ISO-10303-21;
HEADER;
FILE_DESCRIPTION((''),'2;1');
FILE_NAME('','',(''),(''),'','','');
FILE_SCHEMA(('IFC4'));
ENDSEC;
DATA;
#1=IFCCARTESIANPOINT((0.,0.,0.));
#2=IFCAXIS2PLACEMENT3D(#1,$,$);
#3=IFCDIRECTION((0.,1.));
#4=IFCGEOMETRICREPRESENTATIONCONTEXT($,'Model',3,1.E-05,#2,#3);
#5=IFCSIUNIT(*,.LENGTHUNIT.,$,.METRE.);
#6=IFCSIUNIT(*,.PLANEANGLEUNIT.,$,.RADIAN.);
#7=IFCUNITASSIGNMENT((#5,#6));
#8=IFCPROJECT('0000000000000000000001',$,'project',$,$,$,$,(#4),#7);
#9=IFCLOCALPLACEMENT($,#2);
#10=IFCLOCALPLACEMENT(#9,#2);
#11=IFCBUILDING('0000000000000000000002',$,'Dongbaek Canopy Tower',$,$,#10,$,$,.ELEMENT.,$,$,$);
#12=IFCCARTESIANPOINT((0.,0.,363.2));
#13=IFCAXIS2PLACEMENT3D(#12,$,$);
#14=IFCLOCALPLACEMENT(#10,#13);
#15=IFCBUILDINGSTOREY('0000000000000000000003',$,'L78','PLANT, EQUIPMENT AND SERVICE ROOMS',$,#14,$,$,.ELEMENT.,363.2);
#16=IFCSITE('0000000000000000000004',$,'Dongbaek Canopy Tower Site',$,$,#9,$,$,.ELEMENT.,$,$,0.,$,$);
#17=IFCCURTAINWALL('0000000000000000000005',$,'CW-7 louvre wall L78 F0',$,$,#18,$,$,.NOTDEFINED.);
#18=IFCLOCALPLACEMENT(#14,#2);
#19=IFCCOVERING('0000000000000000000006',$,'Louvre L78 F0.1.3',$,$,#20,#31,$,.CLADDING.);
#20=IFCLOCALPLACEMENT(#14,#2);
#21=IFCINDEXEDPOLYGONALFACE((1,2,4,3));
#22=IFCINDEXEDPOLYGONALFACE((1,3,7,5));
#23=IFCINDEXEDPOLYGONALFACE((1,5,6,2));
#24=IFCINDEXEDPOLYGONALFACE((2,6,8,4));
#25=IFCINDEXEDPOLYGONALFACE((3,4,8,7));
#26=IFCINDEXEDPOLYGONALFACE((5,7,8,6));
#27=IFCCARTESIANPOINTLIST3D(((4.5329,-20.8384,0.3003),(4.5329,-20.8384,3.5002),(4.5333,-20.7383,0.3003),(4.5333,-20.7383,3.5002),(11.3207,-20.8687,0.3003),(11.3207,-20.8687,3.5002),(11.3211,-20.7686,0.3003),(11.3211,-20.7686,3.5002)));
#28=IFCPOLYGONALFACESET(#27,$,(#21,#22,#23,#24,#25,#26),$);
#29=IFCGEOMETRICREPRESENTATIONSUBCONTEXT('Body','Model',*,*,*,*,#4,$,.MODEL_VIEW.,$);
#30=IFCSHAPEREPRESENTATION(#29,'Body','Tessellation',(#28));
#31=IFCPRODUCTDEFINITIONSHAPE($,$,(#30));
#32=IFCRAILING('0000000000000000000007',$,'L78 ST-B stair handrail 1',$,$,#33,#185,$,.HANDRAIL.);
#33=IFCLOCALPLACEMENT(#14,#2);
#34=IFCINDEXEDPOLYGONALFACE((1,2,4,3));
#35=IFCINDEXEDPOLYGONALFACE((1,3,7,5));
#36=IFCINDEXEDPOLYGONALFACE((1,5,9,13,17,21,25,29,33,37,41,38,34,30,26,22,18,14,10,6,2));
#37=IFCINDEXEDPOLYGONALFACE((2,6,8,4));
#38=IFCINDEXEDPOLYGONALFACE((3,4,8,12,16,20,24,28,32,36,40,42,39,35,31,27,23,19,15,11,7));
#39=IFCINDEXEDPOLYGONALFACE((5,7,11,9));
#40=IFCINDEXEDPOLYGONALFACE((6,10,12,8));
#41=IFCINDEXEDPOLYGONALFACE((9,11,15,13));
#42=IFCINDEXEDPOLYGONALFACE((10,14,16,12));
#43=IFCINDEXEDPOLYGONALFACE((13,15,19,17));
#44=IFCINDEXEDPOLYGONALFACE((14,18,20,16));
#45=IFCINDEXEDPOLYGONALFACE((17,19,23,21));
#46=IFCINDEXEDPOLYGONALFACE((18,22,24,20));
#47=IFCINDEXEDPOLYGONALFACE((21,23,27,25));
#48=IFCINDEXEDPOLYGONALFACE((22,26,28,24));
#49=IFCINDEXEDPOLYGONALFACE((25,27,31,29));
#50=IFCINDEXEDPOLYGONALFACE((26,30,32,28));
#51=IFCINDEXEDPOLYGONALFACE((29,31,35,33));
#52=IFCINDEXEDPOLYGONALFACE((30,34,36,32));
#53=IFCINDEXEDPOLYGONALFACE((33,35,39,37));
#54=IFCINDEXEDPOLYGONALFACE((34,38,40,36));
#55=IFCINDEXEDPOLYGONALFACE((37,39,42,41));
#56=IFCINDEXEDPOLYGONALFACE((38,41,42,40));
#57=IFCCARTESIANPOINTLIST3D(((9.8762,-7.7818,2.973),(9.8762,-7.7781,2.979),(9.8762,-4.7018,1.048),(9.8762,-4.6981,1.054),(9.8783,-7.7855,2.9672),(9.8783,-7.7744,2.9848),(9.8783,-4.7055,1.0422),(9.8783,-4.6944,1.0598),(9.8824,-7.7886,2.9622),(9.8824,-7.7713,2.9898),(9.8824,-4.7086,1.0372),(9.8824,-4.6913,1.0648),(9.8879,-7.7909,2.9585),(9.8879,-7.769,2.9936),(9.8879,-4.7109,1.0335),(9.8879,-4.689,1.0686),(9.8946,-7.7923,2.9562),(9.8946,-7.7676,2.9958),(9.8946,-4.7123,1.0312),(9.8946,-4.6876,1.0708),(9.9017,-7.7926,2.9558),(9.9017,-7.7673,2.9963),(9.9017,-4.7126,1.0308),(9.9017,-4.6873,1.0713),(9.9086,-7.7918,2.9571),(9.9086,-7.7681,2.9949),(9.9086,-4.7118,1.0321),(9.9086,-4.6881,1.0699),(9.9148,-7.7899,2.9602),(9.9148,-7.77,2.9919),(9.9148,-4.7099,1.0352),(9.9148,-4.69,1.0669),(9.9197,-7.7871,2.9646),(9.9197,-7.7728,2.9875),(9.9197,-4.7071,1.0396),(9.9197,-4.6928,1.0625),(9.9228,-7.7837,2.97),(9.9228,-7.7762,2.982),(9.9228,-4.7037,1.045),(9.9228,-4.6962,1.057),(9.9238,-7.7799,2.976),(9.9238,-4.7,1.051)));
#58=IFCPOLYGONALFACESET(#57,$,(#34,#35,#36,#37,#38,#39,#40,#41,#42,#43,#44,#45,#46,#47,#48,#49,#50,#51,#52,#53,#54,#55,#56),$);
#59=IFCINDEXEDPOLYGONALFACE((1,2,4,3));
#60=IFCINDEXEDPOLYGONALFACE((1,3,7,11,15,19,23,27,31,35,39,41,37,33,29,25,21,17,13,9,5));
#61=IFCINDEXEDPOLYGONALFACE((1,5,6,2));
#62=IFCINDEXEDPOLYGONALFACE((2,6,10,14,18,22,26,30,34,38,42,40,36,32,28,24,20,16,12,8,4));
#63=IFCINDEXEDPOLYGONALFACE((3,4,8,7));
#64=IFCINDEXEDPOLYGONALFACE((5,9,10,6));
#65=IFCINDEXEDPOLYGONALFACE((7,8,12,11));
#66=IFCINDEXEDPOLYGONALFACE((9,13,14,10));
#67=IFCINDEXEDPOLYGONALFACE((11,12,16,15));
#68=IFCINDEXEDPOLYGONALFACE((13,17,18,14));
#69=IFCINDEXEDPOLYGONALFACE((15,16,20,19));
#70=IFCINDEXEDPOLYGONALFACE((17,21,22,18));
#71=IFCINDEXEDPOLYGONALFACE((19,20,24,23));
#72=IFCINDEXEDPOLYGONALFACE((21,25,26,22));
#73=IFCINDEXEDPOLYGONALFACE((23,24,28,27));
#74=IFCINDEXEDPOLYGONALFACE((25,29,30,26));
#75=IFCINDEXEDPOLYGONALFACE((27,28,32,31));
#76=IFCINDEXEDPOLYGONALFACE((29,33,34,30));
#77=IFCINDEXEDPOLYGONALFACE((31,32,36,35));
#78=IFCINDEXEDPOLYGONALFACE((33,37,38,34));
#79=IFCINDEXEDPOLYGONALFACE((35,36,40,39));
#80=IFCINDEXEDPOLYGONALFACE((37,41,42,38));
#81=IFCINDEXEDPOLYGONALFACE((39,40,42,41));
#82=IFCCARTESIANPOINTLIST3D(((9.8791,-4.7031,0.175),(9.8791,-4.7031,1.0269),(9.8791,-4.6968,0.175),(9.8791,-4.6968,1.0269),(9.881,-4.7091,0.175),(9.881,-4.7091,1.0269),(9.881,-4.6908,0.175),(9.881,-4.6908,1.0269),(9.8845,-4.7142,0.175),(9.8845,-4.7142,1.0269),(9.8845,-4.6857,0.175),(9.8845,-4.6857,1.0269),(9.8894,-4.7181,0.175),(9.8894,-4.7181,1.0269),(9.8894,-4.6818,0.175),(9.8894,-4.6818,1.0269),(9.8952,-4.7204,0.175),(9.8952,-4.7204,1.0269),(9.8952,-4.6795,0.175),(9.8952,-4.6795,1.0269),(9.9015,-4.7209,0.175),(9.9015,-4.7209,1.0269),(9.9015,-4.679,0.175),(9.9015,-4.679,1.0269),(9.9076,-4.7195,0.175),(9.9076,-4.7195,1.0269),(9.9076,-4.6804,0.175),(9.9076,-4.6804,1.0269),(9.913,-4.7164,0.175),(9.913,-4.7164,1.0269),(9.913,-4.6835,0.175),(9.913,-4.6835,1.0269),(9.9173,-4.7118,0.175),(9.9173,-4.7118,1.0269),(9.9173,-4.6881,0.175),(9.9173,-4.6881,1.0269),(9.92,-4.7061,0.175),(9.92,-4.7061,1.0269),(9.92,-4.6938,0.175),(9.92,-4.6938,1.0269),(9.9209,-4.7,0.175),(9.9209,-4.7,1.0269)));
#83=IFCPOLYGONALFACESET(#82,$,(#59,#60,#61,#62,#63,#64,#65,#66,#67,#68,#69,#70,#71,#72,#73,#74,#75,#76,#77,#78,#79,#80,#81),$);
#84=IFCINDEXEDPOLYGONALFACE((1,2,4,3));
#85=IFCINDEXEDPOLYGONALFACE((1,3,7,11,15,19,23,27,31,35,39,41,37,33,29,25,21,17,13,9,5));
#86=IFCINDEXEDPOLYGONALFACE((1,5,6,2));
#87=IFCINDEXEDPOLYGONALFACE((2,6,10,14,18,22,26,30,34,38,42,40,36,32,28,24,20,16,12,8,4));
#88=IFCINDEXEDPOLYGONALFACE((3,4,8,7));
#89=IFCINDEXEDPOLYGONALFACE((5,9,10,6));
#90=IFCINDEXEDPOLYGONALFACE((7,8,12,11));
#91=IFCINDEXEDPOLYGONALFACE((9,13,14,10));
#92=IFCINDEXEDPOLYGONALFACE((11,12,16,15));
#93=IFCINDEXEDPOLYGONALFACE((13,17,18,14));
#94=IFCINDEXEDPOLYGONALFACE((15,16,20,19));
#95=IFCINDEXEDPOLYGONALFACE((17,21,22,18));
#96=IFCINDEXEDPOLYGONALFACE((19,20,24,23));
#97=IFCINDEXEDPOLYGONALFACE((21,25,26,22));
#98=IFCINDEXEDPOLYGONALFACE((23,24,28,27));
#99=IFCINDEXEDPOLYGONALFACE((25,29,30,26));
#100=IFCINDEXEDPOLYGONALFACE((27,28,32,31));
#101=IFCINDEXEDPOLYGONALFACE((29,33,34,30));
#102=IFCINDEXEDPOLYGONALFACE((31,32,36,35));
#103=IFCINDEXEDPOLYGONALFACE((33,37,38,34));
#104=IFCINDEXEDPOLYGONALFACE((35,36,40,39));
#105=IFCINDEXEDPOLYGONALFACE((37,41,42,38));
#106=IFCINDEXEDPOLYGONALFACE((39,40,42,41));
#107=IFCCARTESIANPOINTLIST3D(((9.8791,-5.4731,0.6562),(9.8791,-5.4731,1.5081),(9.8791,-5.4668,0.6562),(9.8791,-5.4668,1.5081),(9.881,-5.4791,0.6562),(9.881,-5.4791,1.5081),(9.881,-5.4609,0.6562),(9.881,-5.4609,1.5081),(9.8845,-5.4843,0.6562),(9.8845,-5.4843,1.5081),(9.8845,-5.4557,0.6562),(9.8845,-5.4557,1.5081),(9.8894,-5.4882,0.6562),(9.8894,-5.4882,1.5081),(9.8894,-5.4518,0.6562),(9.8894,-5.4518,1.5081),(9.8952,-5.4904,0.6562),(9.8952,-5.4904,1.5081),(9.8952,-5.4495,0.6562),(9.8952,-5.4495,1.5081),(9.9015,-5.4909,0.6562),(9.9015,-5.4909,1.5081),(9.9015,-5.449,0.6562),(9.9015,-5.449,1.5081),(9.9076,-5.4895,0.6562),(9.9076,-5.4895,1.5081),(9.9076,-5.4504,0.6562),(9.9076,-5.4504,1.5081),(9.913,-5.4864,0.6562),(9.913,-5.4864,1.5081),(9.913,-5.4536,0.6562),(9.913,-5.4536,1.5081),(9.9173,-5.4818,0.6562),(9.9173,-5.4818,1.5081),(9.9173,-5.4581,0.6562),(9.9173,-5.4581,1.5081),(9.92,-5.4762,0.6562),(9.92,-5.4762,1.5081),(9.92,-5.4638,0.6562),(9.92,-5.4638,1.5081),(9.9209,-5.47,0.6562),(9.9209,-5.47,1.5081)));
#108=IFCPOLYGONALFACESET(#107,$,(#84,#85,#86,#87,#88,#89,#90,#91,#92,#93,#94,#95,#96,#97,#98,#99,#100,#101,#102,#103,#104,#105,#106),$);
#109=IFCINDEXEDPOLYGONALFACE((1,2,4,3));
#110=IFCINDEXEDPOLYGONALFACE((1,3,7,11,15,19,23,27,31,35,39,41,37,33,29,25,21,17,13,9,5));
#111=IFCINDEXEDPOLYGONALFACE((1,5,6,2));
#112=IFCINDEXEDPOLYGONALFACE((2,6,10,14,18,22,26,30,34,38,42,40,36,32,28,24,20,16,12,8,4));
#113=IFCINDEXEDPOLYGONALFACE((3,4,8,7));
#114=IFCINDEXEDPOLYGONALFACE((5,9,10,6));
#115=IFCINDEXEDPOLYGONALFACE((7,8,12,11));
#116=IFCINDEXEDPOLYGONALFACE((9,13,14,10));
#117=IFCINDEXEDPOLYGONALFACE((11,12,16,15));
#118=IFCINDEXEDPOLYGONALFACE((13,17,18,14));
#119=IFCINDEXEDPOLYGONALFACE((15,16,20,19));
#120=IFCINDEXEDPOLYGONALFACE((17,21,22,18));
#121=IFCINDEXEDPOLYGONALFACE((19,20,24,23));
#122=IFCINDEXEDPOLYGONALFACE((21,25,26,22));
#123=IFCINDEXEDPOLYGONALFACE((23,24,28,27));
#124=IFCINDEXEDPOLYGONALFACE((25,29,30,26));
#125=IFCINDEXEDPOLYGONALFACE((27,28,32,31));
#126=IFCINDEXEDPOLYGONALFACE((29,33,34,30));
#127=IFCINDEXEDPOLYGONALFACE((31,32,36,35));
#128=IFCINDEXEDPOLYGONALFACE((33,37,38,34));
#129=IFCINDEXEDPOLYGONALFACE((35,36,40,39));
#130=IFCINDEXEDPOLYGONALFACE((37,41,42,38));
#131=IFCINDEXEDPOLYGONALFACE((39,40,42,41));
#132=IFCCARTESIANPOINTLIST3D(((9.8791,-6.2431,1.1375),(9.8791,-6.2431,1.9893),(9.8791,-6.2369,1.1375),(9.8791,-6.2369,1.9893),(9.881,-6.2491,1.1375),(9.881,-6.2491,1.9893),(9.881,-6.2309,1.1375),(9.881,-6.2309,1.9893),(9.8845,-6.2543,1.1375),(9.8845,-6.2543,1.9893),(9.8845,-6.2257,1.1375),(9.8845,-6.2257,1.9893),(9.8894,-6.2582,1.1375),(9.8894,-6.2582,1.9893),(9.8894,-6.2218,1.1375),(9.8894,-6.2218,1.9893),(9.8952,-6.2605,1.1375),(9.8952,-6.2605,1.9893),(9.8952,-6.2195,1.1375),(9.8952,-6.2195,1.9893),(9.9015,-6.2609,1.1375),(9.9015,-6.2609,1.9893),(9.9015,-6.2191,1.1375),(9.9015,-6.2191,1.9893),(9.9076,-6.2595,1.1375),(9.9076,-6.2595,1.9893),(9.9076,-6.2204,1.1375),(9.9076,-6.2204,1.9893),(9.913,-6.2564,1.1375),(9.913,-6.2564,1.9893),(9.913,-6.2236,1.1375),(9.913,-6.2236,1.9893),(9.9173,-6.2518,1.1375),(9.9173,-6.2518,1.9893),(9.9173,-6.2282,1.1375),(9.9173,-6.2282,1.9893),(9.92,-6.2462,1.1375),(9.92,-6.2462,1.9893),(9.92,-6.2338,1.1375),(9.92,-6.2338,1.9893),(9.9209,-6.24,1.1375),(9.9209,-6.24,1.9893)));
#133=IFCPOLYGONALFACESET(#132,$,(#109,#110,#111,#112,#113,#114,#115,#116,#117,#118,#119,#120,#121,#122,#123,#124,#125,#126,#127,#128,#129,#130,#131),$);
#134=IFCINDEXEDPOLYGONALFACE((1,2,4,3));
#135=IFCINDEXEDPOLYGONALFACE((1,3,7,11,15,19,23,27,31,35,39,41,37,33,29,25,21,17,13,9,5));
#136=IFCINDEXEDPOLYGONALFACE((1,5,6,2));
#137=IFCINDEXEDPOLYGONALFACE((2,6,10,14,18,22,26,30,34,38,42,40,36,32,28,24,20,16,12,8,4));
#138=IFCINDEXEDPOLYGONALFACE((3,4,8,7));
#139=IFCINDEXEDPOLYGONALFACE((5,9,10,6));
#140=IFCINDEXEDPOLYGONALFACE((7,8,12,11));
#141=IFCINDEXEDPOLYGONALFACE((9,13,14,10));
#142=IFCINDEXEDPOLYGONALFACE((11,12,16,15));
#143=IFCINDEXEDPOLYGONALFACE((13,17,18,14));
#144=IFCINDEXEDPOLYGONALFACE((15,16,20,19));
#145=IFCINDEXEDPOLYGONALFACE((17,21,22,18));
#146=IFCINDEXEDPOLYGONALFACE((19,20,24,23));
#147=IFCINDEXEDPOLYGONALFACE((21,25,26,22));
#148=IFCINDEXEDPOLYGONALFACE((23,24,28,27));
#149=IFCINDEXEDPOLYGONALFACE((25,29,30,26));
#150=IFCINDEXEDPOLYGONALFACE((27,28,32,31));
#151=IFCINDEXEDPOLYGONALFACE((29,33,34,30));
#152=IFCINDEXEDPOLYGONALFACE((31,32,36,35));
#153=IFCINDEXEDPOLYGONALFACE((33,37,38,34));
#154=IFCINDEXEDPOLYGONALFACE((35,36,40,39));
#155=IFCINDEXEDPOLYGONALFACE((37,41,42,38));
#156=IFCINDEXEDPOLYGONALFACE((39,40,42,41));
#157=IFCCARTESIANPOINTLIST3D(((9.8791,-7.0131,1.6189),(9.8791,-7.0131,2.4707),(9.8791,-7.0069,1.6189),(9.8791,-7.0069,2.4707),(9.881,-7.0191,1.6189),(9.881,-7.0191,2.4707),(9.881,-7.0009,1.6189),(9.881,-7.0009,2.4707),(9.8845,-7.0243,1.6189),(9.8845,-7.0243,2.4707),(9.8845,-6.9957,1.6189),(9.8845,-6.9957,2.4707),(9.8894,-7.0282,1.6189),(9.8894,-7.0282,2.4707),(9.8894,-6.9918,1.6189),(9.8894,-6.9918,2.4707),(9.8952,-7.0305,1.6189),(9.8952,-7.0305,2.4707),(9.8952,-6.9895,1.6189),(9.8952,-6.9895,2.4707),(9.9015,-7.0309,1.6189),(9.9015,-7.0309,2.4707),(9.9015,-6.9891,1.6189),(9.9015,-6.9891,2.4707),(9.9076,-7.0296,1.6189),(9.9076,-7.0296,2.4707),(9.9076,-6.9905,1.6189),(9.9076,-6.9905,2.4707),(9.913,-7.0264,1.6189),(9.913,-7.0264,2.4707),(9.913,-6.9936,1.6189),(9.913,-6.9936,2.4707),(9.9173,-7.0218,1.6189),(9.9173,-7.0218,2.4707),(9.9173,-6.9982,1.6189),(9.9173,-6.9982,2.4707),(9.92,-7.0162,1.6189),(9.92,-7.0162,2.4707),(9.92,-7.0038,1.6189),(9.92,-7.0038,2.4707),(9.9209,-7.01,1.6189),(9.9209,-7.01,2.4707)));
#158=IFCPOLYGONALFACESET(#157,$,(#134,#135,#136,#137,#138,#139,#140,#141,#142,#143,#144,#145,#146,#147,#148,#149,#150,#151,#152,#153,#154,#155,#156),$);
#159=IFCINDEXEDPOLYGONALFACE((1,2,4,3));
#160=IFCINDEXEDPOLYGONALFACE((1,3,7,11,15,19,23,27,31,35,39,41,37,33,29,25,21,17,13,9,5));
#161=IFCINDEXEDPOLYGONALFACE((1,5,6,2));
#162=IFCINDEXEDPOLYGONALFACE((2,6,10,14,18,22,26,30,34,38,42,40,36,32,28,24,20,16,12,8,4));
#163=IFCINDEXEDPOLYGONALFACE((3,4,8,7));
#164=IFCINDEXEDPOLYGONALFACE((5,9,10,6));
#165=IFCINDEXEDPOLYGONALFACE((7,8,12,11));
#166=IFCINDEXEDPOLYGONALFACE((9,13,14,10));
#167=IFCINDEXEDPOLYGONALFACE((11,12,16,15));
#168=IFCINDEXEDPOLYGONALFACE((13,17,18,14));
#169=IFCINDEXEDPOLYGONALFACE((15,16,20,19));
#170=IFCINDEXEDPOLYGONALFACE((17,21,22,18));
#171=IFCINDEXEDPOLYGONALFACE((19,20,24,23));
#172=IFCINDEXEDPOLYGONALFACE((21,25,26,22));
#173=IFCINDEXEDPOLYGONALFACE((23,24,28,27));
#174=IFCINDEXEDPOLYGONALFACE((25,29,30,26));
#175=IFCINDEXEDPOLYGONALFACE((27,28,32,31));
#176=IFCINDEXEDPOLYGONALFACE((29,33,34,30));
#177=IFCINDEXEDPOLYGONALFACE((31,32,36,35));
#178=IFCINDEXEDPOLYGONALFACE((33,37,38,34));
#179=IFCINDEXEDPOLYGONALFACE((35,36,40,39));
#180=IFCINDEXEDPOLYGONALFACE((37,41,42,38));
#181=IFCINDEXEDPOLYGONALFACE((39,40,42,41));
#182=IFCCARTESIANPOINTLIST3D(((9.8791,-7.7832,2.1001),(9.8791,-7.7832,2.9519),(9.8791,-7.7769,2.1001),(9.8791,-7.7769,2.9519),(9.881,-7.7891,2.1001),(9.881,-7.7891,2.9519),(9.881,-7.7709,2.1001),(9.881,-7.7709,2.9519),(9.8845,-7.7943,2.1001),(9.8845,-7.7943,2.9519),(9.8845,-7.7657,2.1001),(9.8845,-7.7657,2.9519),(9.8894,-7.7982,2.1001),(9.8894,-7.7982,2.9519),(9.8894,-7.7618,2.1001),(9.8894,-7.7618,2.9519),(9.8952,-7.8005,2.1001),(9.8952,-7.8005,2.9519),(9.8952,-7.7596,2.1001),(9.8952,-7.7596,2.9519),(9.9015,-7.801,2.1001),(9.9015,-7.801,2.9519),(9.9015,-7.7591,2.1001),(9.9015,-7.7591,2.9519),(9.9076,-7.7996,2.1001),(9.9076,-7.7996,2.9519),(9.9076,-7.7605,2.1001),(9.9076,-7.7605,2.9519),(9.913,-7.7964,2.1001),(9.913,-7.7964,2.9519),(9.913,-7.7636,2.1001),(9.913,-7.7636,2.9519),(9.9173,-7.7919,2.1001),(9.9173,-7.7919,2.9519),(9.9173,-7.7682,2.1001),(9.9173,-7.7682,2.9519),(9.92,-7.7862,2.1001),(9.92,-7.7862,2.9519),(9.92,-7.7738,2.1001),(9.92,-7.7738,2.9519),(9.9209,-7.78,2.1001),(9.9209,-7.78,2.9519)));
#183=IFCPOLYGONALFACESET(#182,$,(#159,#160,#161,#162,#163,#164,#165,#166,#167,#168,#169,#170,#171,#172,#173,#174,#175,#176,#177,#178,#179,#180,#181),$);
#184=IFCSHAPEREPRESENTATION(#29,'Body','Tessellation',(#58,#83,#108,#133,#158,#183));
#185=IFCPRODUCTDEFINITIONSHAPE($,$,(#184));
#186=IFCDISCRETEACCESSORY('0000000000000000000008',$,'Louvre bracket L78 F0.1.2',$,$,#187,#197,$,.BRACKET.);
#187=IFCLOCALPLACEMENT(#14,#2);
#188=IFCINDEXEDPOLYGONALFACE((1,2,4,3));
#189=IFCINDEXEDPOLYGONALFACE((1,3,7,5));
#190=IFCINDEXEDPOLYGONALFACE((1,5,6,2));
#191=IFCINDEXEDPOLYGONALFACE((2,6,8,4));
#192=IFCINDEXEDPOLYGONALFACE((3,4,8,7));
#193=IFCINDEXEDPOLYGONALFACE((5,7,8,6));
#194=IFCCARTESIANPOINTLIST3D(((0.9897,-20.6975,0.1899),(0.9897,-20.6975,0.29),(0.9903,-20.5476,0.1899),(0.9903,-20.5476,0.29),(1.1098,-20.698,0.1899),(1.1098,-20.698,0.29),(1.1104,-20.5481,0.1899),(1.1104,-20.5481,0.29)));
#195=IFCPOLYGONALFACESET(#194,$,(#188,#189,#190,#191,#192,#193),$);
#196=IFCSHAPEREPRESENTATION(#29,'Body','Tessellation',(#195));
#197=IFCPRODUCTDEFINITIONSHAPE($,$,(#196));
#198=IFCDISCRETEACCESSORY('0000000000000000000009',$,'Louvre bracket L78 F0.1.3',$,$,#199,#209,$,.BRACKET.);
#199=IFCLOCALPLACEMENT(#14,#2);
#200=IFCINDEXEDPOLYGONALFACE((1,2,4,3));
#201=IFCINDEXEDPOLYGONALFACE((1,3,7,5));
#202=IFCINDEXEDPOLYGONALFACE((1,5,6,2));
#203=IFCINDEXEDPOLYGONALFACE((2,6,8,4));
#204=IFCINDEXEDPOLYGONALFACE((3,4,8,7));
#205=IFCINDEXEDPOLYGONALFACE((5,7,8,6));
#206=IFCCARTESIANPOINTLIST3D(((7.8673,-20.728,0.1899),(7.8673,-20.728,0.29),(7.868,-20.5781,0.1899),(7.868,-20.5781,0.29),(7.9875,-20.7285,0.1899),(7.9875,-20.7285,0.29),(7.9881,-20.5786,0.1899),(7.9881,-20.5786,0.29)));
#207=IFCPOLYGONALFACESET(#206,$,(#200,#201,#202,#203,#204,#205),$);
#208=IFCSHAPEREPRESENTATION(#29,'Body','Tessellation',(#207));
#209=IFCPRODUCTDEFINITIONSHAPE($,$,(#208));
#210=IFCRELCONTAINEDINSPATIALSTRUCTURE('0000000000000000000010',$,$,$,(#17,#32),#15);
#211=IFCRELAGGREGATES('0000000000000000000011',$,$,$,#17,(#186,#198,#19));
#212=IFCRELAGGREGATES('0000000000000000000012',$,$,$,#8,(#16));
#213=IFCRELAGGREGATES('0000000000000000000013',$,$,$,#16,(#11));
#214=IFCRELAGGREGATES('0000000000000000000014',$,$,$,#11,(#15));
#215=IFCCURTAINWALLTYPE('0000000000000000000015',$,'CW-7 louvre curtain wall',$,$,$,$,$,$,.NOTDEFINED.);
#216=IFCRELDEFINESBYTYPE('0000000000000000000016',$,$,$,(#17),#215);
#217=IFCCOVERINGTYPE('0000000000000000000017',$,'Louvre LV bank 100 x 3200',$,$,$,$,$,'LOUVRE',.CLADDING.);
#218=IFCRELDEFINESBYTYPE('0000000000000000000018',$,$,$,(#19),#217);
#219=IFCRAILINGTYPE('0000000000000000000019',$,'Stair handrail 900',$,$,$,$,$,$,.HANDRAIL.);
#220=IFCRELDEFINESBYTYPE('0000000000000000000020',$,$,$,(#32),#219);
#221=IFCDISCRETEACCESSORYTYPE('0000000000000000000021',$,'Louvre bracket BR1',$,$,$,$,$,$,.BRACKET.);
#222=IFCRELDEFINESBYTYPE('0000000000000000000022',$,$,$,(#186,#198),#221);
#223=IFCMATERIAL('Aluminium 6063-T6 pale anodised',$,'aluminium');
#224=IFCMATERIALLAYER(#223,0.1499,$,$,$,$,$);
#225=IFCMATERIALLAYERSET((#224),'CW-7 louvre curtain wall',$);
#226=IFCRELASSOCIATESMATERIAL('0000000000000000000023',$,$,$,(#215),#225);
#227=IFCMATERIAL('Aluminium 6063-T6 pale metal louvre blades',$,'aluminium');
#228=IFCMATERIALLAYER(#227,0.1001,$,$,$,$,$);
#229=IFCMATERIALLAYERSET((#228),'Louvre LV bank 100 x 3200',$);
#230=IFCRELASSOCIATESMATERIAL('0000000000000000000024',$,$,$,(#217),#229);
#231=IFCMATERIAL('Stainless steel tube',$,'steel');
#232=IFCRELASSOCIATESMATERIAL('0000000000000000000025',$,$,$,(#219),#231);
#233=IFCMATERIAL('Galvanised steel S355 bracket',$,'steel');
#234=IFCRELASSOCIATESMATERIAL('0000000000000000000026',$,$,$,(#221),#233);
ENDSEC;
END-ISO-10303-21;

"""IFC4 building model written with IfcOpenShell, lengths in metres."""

from ifc_helpers import new_model, si_unit, direction, frame, origin, origin_2d, place, context, subcontext, project, spatial, rectangle, circle, extrude, material, layer, layer_set, type_object, element, aggregate, save


model = new_model("IFC4")

# Units and contexts
model_context = context("Model", 3, precision=1e-05, world=origin(), true_north=direction((0.0, 1.0)))
body_context = subcontext(model_context, "Body", "Model", "MODEL_VIEW")
ifc_project = project(units=[si_unit("LENGTHUNIT", "METRE"), si_unit("PLANEANGLEUNIT", "RADIAN")], contexts=[model_context])

# Site, building, storey
site_placement = place(None, origin())
site = spatial("IfcSite", under=ifc_project, at=site_placement, Name="Dongbaek Canopy Tower Site", CompositionType="ELEMENT", RefElevation=0.0)
building_placement = place(site_placement, origin())
building = spatial("IfcBuilding", under=site, at=building_placement, Name="Dongbaek Canopy Tower", CompositionType="ELEMENT")
storey_placement = place(building_placement, frame((0.0, 0.0, 363.2)))
storey = spatial("IfcBuildingStorey", under=building, at=storey_placement, Name="L78", Description="PLANT, EQUIPMENT AND SERVICE ROOMS", CompositionType="ELEMENT", Elevation=363.2)

# Curtain wall
ifc_material_1 = material(Name="Aluminium 6063-T6 pale anodised", Category="aluminium")
ifc_layer_1 = layer(ifc_material_1, 0.1499)
ifc_layer_set_1 = layer_set([ifc_layer_1], Name="CW-7 louvre curtain wall")
curtain_wall_type = type_object("IfcCurtainWallType", Name="CW-7 louvre curtain wall", PredefinedType="NOTDEFINED", material=ifc_layer_set_1)
curtain_wall_placement = place(storey_placement, origin())
curtain_wall = element("IfcCurtainWall", 1, at=curtain_wall_placement, inside=storey, type_object=curtain_wall_type, Name="CW-7 louvre wall L78 F0", PredefinedType="NOTDEFINED")

# Covering
ifc_material_2 = material(Name="Aluminium 6063-T6 pale metal louvre blades", Category="aluminium")
ifc_layer_2 = layer(ifc_material_2, 0.1001)
ifc_layer_set_2 = layer_set([ifc_layer_2], Name="Louvre LV bank 100 x 3200")
covering_type_1 = type_object("IfcCoveringType", Name="Louvre LV bank 100 x 3200", ElementType="LOUVRE", PredefinedType="CLADDING", material=ifc_layer_set_2)
covering_1_placement = place(storey_placement, frame((7.927, -20.8035, 0.3003), z_axis=(0.0, 0.0, 1.0), x_axis=(0.99999, -0.004466, 0.0)))
covering_1 = element("IfcCovering", 2, at=covering_1_placement, type_object=covering_type_1, Name="Louvre L78 F0.1.3", PredefinedType="CLADDING", context=body_context, shape_type="SweptSolid", body=[
    extrude(rectangle(XDim=6.7878, YDim=0.1001, at=origin_2d()), origin(), (0.0, 0.0, 1.0), 3.2),
])

# Railing
ifc_material_3 = material(Name="Stainless steel tube", Category="steel")
railing_type = type_object("IfcRailingType", Name="Stair handrail 900", PredefinedType="HANDRAIL", material=ifc_material_3)
railing_placement = place(storey_placement, frame((9.8999, -4.7, 0.175)))
element("IfcRailing", 3, at=railing_placement, inside=storey, type_object=railing_type, Name="L78 ST-B stair handrail 1", PredefinedType="HANDRAIL", context=body_context, shape_type="SweptSolid", body=[
    extrude(circle(Radius=0.0239, at=origin_2d()), frame((0.0, 0.0, 0.876), z_axis=(0.0, -0.847998, 0.529999), x_axis=(1.0, 0.0, 0.0)), (0.0, 0.0, 1.0), 3.6321),
    extrude(circle(Radius=0.021, at=origin_2d()), origin(), (0.0, 0.0, 1.0), 0.8518),
    extrude(circle(Radius=0.021, at=origin_2d()), frame((0.0, -0.77, 0.4812)), (0.0, 0.0, 1.0), 0.8518),
    extrude(circle(Radius=0.021, at=origin_2d()), frame((0.0, -1.54, 0.9624)), (0.0, 0.0, 1.0), 0.8518),
    extrude(circle(Radius=0.021, at=origin_2d()), frame((0.0, -2.3101, 1.4438)), (0.0, 0.0, 1.0), 0.8518),
    extrude(circle(Radius=0.021, at=origin_2d()), frame((0.0, -3.0801, 1.925)), (0.0, 0.0, 1.0), 0.8518),
])

# Discrete accessories
ifc_material_4 = material(Name="Galvanised steel S355 bracket", Category="steel")
discrete_accessory_type = type_object("IfcDiscreteAccessoryType", Name="Louvre bracket BR1", PredefinedType="BRACKET", material=ifc_material_4)
discrete_accessory_1_placement = place(storey_placement, frame((1.05, -20.6228, 0.1899), z_axis=(0.0, 0.0, 1.0), x_axis=(0.99999, -0.004466, 0.0)))
discrete_accessory_1 = element("IfcDiscreteAccessory", 4, at=discrete_accessory_1_placement, type_object=discrete_accessory_type, Name="Louvre bracket L78 F0.1.2", PredefinedType="BRACKET", context=body_context, shape_type="SweptSolid", body=[
    extrude(rectangle(XDim=0.1201, YDim=0.1499, at=origin_2d()), origin(), (0.0, 0.0, 1.0), 0.1001),
])
discrete_accessory_2_placement = place(storey_placement, frame((7.9277, -20.6533, 0.1899), z_axis=(0.0, 0.0, 1.0), x_axis=(0.99999, -0.004466, 0.0)))
discrete_accessory_2 = element("IfcDiscreteAccessory", 5, at=discrete_accessory_2_placement, type_object=discrete_accessory_type, Name="Louvre bracket L78 F0.1.3", PredefinedType="BRACKET", context=body_context, shape_type="SweptSolid", body=[
    extrude(rectangle(XDim=0.1201, YDim=0.1499, at=origin_2d()), origin(), (0.0, 0.0, 1.0), 0.1001),
])
aggregate(curtain_wall, [discrete_accessory_1, discrete_accessory_2, covering_1])

save(model, "model.ifc")
